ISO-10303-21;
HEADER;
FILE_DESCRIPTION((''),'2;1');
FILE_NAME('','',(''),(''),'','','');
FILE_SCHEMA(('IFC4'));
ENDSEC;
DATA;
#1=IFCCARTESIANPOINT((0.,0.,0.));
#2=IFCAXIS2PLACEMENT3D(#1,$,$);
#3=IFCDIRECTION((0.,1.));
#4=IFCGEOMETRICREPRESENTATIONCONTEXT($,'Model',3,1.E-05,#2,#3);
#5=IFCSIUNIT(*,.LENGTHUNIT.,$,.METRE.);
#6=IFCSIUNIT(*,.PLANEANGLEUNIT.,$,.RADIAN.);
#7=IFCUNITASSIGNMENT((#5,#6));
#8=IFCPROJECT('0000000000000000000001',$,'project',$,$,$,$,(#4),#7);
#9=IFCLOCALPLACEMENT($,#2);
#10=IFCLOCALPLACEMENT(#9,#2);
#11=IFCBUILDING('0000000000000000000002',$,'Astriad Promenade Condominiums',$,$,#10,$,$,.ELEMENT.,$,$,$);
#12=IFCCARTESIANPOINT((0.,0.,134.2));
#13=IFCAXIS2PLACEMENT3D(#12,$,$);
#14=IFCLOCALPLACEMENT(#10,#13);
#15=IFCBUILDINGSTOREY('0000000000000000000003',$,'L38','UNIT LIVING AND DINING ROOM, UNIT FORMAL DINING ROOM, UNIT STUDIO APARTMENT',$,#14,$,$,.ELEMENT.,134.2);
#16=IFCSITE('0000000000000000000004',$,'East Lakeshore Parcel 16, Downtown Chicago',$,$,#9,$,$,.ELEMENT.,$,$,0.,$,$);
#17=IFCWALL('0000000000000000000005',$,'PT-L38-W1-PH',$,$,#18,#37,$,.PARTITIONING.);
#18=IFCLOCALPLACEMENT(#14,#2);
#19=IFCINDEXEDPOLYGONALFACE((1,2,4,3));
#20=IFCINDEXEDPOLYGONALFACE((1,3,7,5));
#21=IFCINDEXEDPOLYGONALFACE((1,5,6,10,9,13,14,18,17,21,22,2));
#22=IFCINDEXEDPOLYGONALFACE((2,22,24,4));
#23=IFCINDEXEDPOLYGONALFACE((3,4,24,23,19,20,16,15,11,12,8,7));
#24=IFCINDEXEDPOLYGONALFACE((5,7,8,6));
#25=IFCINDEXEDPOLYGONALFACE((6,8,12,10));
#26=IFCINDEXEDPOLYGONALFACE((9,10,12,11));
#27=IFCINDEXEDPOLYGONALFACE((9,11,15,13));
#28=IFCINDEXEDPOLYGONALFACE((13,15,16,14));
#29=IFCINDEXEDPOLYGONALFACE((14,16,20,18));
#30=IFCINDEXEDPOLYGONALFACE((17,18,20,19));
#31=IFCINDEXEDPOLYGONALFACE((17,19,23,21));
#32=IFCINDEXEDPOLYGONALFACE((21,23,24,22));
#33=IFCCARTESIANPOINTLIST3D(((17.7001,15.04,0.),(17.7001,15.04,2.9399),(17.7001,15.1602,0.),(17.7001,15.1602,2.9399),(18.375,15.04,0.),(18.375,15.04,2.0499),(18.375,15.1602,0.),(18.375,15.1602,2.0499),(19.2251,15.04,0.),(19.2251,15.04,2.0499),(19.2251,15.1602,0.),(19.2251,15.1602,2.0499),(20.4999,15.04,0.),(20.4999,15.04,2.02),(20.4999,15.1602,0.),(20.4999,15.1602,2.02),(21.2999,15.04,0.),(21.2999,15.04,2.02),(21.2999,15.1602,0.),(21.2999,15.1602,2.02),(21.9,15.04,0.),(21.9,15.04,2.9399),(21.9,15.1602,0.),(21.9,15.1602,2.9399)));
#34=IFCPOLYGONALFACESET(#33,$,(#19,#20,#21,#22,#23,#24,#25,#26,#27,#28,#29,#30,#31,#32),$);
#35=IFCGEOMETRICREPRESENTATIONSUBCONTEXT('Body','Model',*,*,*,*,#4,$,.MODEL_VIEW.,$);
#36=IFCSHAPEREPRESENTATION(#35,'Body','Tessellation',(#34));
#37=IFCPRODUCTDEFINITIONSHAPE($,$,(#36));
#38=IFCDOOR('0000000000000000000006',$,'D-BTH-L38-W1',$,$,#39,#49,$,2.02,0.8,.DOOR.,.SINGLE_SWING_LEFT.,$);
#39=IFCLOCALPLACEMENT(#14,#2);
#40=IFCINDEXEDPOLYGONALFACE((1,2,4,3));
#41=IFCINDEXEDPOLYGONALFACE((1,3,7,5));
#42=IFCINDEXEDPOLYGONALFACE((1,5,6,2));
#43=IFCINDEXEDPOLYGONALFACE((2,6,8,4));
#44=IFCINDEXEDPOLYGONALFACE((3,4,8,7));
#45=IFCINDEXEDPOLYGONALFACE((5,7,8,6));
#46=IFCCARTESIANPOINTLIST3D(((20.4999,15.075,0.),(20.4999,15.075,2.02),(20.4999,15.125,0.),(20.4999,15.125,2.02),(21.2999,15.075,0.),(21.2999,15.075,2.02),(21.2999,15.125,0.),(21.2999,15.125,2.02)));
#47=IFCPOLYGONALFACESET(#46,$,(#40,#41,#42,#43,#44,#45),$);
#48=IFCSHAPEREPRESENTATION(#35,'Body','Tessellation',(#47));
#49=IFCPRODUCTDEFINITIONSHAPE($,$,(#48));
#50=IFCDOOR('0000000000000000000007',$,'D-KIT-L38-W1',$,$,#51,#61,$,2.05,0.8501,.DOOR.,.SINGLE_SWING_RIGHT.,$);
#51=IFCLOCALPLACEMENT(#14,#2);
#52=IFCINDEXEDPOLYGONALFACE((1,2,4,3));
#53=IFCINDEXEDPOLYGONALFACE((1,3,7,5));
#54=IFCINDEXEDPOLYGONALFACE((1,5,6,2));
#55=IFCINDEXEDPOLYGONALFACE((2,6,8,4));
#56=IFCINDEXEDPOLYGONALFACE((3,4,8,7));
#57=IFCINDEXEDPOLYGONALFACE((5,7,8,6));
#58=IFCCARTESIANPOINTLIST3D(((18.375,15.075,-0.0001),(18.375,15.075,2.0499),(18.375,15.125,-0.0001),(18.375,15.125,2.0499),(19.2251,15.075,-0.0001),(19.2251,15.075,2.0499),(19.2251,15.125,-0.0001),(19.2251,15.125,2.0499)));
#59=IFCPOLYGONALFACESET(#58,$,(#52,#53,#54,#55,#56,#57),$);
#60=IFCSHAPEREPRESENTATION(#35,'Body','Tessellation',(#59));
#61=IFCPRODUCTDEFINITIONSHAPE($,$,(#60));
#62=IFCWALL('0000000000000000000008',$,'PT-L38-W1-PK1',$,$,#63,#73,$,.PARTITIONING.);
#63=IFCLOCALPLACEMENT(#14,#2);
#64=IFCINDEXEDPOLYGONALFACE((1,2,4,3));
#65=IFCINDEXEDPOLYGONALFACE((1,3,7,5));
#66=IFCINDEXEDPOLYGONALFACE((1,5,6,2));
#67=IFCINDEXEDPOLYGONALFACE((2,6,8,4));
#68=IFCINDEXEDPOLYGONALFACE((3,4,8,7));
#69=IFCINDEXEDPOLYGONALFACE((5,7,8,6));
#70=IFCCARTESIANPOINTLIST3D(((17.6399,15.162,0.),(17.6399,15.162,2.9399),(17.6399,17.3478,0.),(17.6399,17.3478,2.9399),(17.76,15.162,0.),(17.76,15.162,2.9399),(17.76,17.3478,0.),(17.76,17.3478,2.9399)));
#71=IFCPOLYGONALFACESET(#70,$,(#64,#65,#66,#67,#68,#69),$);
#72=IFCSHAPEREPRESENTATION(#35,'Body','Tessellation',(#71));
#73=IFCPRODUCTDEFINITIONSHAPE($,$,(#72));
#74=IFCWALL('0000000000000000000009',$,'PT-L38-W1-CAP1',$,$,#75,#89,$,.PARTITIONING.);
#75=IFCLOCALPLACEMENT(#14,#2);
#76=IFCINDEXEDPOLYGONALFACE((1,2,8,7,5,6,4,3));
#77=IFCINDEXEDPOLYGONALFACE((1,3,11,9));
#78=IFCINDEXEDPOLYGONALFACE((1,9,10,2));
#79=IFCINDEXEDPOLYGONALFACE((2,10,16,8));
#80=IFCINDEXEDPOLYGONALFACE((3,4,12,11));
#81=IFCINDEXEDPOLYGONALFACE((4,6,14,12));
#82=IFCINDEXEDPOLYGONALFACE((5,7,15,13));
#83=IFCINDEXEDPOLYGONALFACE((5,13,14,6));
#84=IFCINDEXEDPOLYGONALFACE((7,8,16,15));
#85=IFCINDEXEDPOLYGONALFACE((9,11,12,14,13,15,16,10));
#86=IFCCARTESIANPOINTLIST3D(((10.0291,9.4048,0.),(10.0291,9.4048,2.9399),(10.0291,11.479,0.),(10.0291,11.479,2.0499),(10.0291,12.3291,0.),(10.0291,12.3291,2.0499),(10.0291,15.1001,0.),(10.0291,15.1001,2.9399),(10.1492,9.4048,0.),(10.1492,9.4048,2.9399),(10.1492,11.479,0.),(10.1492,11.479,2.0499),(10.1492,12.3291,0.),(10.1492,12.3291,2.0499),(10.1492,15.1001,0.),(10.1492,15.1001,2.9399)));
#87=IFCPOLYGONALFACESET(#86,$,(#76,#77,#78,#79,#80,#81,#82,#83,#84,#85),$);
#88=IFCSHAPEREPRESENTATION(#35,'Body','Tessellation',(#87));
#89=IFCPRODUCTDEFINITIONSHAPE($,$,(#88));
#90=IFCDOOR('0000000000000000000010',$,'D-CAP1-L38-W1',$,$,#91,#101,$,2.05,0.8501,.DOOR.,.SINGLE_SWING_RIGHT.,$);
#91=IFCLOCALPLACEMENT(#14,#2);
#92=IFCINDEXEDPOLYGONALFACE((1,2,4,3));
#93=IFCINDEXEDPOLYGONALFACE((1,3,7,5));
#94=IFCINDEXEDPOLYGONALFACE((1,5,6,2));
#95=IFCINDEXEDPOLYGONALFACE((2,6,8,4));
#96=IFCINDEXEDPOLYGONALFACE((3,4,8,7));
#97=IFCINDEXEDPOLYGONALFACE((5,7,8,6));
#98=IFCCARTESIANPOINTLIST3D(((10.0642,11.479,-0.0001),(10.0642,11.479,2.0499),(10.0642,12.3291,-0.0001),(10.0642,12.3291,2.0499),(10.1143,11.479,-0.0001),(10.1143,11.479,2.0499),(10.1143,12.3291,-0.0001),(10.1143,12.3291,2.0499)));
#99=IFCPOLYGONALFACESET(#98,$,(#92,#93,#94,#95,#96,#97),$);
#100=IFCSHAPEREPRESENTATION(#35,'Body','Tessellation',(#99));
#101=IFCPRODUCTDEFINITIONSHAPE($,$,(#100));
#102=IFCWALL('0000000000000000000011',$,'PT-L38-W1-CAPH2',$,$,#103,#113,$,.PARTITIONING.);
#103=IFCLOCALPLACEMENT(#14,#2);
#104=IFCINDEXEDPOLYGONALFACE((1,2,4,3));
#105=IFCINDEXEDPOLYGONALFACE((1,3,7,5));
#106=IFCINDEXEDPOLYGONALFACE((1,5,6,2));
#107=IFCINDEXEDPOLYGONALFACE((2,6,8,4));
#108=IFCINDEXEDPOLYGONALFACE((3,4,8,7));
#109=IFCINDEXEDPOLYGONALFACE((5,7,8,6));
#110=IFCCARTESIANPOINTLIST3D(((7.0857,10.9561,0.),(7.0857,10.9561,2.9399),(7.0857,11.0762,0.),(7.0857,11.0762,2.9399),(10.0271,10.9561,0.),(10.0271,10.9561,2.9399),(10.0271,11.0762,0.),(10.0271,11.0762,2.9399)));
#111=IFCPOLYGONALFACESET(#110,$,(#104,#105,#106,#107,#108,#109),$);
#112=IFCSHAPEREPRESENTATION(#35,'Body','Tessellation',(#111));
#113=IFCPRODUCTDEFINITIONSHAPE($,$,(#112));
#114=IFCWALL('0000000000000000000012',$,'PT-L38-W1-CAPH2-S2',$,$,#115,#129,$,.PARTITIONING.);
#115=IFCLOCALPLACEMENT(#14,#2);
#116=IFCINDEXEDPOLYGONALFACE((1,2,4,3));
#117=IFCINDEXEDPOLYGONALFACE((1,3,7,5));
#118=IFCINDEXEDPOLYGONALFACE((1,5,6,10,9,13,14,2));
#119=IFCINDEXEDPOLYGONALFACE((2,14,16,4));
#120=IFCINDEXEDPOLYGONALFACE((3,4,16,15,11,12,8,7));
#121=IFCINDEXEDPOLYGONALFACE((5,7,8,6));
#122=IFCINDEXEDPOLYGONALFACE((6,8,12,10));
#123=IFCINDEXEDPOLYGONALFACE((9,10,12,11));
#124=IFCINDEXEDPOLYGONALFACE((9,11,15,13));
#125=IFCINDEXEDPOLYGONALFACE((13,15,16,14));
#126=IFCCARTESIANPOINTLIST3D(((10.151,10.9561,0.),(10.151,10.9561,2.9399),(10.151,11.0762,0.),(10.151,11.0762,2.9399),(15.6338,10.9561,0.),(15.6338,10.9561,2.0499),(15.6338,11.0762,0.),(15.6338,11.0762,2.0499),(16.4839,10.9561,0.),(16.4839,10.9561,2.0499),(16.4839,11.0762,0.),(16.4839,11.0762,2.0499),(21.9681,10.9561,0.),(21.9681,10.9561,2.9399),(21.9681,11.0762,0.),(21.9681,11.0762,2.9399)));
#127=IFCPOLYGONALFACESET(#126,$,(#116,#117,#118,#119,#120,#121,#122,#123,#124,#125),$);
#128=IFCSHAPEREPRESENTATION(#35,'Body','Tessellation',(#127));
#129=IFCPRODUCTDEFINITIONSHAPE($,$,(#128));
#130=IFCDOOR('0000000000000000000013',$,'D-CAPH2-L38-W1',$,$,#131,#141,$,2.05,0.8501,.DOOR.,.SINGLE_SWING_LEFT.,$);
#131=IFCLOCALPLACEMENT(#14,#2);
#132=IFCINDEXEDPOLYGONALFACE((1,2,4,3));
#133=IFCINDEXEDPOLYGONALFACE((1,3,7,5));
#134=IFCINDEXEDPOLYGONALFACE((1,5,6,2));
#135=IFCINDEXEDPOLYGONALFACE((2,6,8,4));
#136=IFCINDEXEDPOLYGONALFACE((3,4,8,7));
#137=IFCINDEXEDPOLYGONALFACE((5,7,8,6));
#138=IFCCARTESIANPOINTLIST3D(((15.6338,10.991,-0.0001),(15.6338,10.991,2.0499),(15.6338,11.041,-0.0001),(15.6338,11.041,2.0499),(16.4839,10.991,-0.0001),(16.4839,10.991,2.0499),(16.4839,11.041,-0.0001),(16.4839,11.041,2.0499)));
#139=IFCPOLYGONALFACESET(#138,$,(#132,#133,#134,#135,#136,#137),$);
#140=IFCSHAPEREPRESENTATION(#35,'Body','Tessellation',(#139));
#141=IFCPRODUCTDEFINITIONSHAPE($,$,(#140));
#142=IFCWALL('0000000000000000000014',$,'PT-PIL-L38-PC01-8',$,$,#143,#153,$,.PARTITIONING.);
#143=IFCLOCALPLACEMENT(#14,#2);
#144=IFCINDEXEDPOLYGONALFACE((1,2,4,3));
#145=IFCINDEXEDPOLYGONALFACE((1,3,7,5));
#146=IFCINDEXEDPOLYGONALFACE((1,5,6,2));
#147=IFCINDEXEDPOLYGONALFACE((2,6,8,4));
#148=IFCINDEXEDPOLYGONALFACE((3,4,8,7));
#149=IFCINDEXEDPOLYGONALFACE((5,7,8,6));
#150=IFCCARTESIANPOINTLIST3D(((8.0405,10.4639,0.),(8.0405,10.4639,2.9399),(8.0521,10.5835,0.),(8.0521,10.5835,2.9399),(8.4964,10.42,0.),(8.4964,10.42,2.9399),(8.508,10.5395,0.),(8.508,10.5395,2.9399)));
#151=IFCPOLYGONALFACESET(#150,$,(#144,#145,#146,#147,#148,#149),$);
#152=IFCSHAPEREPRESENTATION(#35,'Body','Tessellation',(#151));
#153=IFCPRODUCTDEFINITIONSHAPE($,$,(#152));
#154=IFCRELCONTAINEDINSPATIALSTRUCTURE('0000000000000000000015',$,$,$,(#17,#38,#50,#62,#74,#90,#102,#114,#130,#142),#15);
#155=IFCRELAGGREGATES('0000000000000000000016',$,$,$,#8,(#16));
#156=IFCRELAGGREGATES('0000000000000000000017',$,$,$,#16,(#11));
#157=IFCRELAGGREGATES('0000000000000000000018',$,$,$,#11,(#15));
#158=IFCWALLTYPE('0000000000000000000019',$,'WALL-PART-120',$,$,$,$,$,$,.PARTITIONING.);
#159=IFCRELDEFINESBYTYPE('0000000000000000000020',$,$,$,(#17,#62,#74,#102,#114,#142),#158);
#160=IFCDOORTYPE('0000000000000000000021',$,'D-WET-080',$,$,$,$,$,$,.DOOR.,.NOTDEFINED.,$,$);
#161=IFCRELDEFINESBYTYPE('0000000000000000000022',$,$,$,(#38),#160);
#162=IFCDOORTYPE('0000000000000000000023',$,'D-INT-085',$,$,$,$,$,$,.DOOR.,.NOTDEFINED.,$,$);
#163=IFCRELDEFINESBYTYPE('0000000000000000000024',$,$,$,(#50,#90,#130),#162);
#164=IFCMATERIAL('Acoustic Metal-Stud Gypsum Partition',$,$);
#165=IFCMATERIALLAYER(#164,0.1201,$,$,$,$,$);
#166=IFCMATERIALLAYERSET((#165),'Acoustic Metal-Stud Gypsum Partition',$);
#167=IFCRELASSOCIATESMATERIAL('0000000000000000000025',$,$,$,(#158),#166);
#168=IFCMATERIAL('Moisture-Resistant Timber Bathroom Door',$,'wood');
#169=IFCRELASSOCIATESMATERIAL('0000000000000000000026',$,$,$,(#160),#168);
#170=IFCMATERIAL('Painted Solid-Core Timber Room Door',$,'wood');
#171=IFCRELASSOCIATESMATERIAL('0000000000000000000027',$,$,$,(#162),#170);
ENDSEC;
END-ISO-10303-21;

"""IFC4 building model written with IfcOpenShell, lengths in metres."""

from ifc_helpers import new_model, si_unit, direction, frame, frame_2d, origin, place, context, subcontext, project, spatial, rectangle, extrude, source, transform, mapped, material, layer, layer_set, type_object, type_shapes, element, fill, save


model = new_model("IFC4")

# Units and contexts
model_context = context("Model", 3, precision=1e-05, world=origin(), true_north=direction((0.0, 1.0)))
body_context = subcontext(model_context, "Body", "Model", "MODEL_VIEW")
ifc_project = project(units=[si_unit("LENGTHUNIT", "METRE"), si_unit("PLANEANGLEUNIT", "RADIAN")], contexts=[model_context])

# Site, building, storey
site_placement = place(None, origin())
site = spatial("IfcSite", under=ifc_project, at=site_placement, Name="East Lakeshore Parcel 16, Downtown Chicago", CompositionType="ELEMENT", RefElevation=0.0)
building_placement = place(site_placement, origin())
building = spatial("IfcBuilding", under=site, at=building_placement, Name="Astriad Promenade Condominiums", CompositionType="ELEMENT")
storey_placement = place(building_placement, frame((0.0, 0.0, 134.2)))
storey = spatial("IfcBuildingStorey", under=building, at=storey_placement, Name="L38", Description="UNIT LIVING AND DINING ROOM, UNIT FORMAL DINING ROOM, UNIT STUDIO APARTMENT", CompositionType="ELEMENT", Elevation=134.2)

# Wall, openings, doors
ifc_material_1 = material(Name="Acoustic Metal-Stud Gypsum Partition")
ifc_layer_1 = layer(ifc_material_1, 0.1201)
ifc_layer_set_1 = layer_set([ifc_layer_1], Name="Acoustic Metal-Stud Gypsum Partition")
wall_type_1 = type_object("IfcWallType", Name="WALL-PART-120", PredefinedType="PARTITIONING", material=ifc_layer_set_1)
wall_1_placement = place(storey_placement, frame((17.7, 15.1001, 0.0), z_axis=(0.0, 0.0, 1.0), x_axis=(1.0, 0.0, 0.0)))
wall_1 = element("IfcWall", 1, at=wall_1_placement, inside=storey, type_object=wall_type_1, Name="PT-L38-W1-PH", PredefinedType="PARTITIONING", context=body_context, shape_type="SweptSolid", body=[
    extrude(rectangle(XDim=4.2, YDim=0.1201, at=frame_2d((2.1001, 0.0))), origin(), (0.0, 0.0, 1.0), 2.9399),
])
opening_1_placement = place(wall_1_placement, frame((0.675, 0.0, 0.0)))
opening_1 = element("IfcOpeningElement", 2, at=opening_1_placement, cuts=wall_1, PredefinedType="OPENING", context=body_context, shape_type="SweptSolid", body=[
    extrude(rectangle(XDim=0.8501, YDim=2.05, at=frame_2d((0.425, 1.0249))), frame((0.0, 0.0701, 0.0), z_axis=(0.0, -1.0, 0.0), x_axis=(1.0, 0.0, 0.0)), (0.0, 0.0, 1.0), 0.1401),
])
opening_2_placement = place(wall_1_placement, frame((2.8, 0.0, 0.0)))
opening_2 = element("IfcOpeningElement", 3, at=opening_2_placement, cuts=wall_1, PredefinedType="OPENING", context=body_context, shape_type="SweptSolid", body=[
    extrude(rectangle(XDim=0.8, YDim=2.02, at=frame_2d((0.3999, 1.01))), frame((0.0, 0.0701, 0.0), z_axis=(0.0, -1.0, 0.0), x_axis=(1.0, 0.0, 0.0)), (0.0, 0.0, 1.0), 0.1401),
])
ifc_material_2 = material(Name="Moisture-Resistant Timber Bathroom Door", Category="wood")
door_type_1 = type_object("IfcDoorType", Name="D-WET-080", OperationType="NOTDEFINED", PredefinedType="DOOR", material=ifc_material_2)
shared_shape_1 = source(origin(), body_context, "Body", "SweptSolid", [
    extrude(rectangle(XDim=0.8, YDim=2.02, at=frame_2d((0.3999, 1.01))), frame((0.0, 0.0249, 0.0), z_axis=(0.0, -1.0, 0.0), x_axis=(1.0, 0.0, 0.0)), (0.0, 0.0, 1.0), 0.05),
])
type_shapes(door_type_1, [shared_shape_1])
door_1_placement = place(opening_2_placement, origin())
door_1 = element("IfcDoor", 4, at=door_1_placement, inside=storey, type_object=door_type_1, Name="D-BTH-L38-W1", OperationType="SINGLE_SWING_LEFT", OverallHeight=2.02, OverallWidth=0.8, PredefinedType="DOOR", context=body_context, shape_type="MappedRepresentation", body=[
    mapped(shared_shape_1, transform((0.0, 0.0, 0.0), scale=1.0)),
])
fill(opening_2, door_1)
ifc_material_3 = material(Name="Painted Solid-Core Timber Room Door", Category="wood")
door_type_2 = type_object("IfcDoorType", Name="D-INT-085", OperationType="NOTDEFINED", PredefinedType="DOOR", material=ifc_material_3)
shared_shape_2 = source(origin(), body_context, "Body", "SweptSolid", [
    extrude(rectangle(XDim=0.8501, YDim=2.05, at=frame_2d((0.425, 1.0249))), frame((0.0, 0.0249, 0.0), z_axis=(0.0, -1.0, 0.0), x_axis=(1.0, 0.0, 0.0)), (0.0, 0.0, 1.0), 0.05),
])
type_shapes(door_type_2, [shared_shape_2])
door_2_placement = place(opening_1_placement, origin())
door_2 = element("IfcDoor", 5, at=door_2_placement, inside=storey, type_object=door_type_2, Name="D-KIT-L38-W1", OperationType="SINGLE_SWING_RIGHT", OverallHeight=2.05, OverallWidth=0.8501, PredefinedType="DOOR", context=body_context, shape_type="MappedRepresentation", body=[
    mapped(shared_shape_2, transform((0.0, 0.0, 0.0), scale=1.0)),
])
fill(opening_1, door_2)

# Wall
wall_2_placement = place(storey_placement, frame((17.7, 15.1621, 0.0), z_axis=(0.0, 0.0, 1.0), x_axis=(0.0, 1.0, 0.0)))
element("IfcWall", 6, at=wall_2_placement, inside=storey, type_object=wall_type_1, Name="PT-L38-W1-PK1", PredefinedType="PARTITIONING", context=body_context, shape_type="SweptSolid", body=[
    extrude(rectangle(XDim=2.1858, YDim=0.1201, at=frame_2d((1.0928, 0.0))), origin(), (0.0, 0.0, 1.0), 2.9399),
])

# Wall, opening, door
wall_3_placement = place(storey_placement, frame((10.0891, 9.4048, 0.0), z_axis=(0.0, 0.0, 1.0), x_axis=(0.0, 1.0, 0.0)))
wall_3 = element("IfcWall", 7, at=wall_3_placement, inside=storey, type_object=wall_type_1, Name="PT-L38-W1-CAP1", PredefinedType="PARTITIONING", context=body_context, shape_type="SweptSolid", body=[
    extrude(rectangle(XDim=5.6953, YDim=0.1201, at=frame_2d((2.8477, 0.0))), origin(), (0.0, 0.0, 1.0), 2.9399),
])
opening_3_placement = place(wall_3_placement, frame((2.0742, 0.0, 0.0)))
opening_3 = element("IfcOpeningElement", 8, at=opening_3_placement, cuts=wall_3, PredefinedType="OPENING", context=body_context, shape_type="SweptSolid", body=[
    extrude(rectangle(XDim=0.8501, YDim=2.05, at=frame_2d((0.425, 1.0249))), frame((0.0, 0.0701, 0.0), z_axis=(0.0, -1.0, 0.0), x_axis=(1.0, 0.0, 0.0)), (0.0, 0.0, 1.0), 0.1401),
])
door_3_placement = place(opening_3_placement, origin())
door_3 = element("IfcDoor", 9, at=door_3_placement, inside=storey, type_object=door_type_2, Name="D-CAP1-L38-W1", OperationType="SINGLE_SWING_RIGHT", OverallHeight=2.05, OverallWidth=0.8501, PredefinedType="DOOR", context=body_context, shape_type="MappedRepresentation", body=[
    mapped(shared_shape_2, transform((0.0, 0.0, 0.0), scale=1.0)),
])
fill(opening_3, door_3)

# Wall
wall_4_placement = place(storey_placement, frame((7.0857, 11.0161, 0.0), z_axis=(0.0, 0.0, 1.0), x_axis=(1.0, 0.0, 0.0)))
element("IfcWall", 10, at=wall_4_placement, inside=storey, type_object=wall_type_1, Name="PT-L38-W1-CAPH2", PredefinedType="PARTITIONING", context=body_context, shape_type="SweptSolid", body=[
    extrude(rectangle(XDim=2.9414, YDim=0.1201, at=frame_2d((1.4707, 0.0))), origin(), (0.0, 0.0, 1.0), 2.9399),
])

# Wall, opening, door
wall_5_placement = place(storey_placement, frame((10.1509, 11.0161, 0.0), z_axis=(0.0, 0.0, 1.0), x_axis=(1.0, 0.0, 0.0)))
wall_5 = element("IfcWall", 11, at=wall_5_placement, inside=storey, type_object=wall_type_1, Name="PT-L38-W1-CAPH2-S2", PredefinedType="PARTITIONING", context=body_context, shape_type="SweptSolid", body=[
    extrude(rectangle(XDim=11.8171, YDim=0.1201, at=frame_2d((5.9087, 0.0))), origin(), (0.0, 0.0, 1.0), 2.9399),
])
opening_4_placement = place(wall_5_placement, frame((5.4829, 0.0, 0.0)))
opening_4 = element("IfcOpeningElement", 12, at=opening_4_placement, cuts=wall_5, PredefinedType="OPENING", context=body_context, shape_type="SweptSolid", body=[
    extrude(rectangle(XDim=0.8501, YDim=2.05, at=frame_2d((0.425, 1.0249))), frame((0.0, 0.0701, 0.0), z_axis=(0.0, -1.0, 0.0), x_axis=(1.0, 0.0, 0.0)), (0.0, 0.0, 1.0), 0.1401),
])
door_4_placement = place(opening_4_placement, origin())
door_4 = element("IfcDoor", 13, at=door_4_placement, inside=storey, type_object=door_type_2, Name="D-CAPH2-L38-W1", OperationType="SINGLE_SWING_LEFT", OverallHeight=2.05, OverallWidth=0.8501, PredefinedType="DOOR", context=body_context, shape_type="MappedRepresentation", body=[
    mapped(shared_shape_2, transform((0.0, 0.0, 0.0), scale=1.0)),
])
fill(opening_4, door_4)

# Wall
wall_6_placement = place(storey_placement, frame((8.5022, 10.4797, 0.0), z_axis=(0.0, 0.0, 1.0), x_axis=(-0.995385, 0.095966, 0.0)))
element("IfcWall", 14, at=wall_6_placement, inside=storey, type_object=wall_type_1, Name="PT-PIL-L38-PC01-8", PredefinedType="PARTITIONING", context=body_context, shape_type="SweptSolid", body=[
    extrude(rectangle(XDim=0.458, YDim=0.1201, at=frame_2d((0.229, 0.0))), origin(), (0.0, 0.0, 1.0), 2.9399),
])

save(model, "model.ifc")
